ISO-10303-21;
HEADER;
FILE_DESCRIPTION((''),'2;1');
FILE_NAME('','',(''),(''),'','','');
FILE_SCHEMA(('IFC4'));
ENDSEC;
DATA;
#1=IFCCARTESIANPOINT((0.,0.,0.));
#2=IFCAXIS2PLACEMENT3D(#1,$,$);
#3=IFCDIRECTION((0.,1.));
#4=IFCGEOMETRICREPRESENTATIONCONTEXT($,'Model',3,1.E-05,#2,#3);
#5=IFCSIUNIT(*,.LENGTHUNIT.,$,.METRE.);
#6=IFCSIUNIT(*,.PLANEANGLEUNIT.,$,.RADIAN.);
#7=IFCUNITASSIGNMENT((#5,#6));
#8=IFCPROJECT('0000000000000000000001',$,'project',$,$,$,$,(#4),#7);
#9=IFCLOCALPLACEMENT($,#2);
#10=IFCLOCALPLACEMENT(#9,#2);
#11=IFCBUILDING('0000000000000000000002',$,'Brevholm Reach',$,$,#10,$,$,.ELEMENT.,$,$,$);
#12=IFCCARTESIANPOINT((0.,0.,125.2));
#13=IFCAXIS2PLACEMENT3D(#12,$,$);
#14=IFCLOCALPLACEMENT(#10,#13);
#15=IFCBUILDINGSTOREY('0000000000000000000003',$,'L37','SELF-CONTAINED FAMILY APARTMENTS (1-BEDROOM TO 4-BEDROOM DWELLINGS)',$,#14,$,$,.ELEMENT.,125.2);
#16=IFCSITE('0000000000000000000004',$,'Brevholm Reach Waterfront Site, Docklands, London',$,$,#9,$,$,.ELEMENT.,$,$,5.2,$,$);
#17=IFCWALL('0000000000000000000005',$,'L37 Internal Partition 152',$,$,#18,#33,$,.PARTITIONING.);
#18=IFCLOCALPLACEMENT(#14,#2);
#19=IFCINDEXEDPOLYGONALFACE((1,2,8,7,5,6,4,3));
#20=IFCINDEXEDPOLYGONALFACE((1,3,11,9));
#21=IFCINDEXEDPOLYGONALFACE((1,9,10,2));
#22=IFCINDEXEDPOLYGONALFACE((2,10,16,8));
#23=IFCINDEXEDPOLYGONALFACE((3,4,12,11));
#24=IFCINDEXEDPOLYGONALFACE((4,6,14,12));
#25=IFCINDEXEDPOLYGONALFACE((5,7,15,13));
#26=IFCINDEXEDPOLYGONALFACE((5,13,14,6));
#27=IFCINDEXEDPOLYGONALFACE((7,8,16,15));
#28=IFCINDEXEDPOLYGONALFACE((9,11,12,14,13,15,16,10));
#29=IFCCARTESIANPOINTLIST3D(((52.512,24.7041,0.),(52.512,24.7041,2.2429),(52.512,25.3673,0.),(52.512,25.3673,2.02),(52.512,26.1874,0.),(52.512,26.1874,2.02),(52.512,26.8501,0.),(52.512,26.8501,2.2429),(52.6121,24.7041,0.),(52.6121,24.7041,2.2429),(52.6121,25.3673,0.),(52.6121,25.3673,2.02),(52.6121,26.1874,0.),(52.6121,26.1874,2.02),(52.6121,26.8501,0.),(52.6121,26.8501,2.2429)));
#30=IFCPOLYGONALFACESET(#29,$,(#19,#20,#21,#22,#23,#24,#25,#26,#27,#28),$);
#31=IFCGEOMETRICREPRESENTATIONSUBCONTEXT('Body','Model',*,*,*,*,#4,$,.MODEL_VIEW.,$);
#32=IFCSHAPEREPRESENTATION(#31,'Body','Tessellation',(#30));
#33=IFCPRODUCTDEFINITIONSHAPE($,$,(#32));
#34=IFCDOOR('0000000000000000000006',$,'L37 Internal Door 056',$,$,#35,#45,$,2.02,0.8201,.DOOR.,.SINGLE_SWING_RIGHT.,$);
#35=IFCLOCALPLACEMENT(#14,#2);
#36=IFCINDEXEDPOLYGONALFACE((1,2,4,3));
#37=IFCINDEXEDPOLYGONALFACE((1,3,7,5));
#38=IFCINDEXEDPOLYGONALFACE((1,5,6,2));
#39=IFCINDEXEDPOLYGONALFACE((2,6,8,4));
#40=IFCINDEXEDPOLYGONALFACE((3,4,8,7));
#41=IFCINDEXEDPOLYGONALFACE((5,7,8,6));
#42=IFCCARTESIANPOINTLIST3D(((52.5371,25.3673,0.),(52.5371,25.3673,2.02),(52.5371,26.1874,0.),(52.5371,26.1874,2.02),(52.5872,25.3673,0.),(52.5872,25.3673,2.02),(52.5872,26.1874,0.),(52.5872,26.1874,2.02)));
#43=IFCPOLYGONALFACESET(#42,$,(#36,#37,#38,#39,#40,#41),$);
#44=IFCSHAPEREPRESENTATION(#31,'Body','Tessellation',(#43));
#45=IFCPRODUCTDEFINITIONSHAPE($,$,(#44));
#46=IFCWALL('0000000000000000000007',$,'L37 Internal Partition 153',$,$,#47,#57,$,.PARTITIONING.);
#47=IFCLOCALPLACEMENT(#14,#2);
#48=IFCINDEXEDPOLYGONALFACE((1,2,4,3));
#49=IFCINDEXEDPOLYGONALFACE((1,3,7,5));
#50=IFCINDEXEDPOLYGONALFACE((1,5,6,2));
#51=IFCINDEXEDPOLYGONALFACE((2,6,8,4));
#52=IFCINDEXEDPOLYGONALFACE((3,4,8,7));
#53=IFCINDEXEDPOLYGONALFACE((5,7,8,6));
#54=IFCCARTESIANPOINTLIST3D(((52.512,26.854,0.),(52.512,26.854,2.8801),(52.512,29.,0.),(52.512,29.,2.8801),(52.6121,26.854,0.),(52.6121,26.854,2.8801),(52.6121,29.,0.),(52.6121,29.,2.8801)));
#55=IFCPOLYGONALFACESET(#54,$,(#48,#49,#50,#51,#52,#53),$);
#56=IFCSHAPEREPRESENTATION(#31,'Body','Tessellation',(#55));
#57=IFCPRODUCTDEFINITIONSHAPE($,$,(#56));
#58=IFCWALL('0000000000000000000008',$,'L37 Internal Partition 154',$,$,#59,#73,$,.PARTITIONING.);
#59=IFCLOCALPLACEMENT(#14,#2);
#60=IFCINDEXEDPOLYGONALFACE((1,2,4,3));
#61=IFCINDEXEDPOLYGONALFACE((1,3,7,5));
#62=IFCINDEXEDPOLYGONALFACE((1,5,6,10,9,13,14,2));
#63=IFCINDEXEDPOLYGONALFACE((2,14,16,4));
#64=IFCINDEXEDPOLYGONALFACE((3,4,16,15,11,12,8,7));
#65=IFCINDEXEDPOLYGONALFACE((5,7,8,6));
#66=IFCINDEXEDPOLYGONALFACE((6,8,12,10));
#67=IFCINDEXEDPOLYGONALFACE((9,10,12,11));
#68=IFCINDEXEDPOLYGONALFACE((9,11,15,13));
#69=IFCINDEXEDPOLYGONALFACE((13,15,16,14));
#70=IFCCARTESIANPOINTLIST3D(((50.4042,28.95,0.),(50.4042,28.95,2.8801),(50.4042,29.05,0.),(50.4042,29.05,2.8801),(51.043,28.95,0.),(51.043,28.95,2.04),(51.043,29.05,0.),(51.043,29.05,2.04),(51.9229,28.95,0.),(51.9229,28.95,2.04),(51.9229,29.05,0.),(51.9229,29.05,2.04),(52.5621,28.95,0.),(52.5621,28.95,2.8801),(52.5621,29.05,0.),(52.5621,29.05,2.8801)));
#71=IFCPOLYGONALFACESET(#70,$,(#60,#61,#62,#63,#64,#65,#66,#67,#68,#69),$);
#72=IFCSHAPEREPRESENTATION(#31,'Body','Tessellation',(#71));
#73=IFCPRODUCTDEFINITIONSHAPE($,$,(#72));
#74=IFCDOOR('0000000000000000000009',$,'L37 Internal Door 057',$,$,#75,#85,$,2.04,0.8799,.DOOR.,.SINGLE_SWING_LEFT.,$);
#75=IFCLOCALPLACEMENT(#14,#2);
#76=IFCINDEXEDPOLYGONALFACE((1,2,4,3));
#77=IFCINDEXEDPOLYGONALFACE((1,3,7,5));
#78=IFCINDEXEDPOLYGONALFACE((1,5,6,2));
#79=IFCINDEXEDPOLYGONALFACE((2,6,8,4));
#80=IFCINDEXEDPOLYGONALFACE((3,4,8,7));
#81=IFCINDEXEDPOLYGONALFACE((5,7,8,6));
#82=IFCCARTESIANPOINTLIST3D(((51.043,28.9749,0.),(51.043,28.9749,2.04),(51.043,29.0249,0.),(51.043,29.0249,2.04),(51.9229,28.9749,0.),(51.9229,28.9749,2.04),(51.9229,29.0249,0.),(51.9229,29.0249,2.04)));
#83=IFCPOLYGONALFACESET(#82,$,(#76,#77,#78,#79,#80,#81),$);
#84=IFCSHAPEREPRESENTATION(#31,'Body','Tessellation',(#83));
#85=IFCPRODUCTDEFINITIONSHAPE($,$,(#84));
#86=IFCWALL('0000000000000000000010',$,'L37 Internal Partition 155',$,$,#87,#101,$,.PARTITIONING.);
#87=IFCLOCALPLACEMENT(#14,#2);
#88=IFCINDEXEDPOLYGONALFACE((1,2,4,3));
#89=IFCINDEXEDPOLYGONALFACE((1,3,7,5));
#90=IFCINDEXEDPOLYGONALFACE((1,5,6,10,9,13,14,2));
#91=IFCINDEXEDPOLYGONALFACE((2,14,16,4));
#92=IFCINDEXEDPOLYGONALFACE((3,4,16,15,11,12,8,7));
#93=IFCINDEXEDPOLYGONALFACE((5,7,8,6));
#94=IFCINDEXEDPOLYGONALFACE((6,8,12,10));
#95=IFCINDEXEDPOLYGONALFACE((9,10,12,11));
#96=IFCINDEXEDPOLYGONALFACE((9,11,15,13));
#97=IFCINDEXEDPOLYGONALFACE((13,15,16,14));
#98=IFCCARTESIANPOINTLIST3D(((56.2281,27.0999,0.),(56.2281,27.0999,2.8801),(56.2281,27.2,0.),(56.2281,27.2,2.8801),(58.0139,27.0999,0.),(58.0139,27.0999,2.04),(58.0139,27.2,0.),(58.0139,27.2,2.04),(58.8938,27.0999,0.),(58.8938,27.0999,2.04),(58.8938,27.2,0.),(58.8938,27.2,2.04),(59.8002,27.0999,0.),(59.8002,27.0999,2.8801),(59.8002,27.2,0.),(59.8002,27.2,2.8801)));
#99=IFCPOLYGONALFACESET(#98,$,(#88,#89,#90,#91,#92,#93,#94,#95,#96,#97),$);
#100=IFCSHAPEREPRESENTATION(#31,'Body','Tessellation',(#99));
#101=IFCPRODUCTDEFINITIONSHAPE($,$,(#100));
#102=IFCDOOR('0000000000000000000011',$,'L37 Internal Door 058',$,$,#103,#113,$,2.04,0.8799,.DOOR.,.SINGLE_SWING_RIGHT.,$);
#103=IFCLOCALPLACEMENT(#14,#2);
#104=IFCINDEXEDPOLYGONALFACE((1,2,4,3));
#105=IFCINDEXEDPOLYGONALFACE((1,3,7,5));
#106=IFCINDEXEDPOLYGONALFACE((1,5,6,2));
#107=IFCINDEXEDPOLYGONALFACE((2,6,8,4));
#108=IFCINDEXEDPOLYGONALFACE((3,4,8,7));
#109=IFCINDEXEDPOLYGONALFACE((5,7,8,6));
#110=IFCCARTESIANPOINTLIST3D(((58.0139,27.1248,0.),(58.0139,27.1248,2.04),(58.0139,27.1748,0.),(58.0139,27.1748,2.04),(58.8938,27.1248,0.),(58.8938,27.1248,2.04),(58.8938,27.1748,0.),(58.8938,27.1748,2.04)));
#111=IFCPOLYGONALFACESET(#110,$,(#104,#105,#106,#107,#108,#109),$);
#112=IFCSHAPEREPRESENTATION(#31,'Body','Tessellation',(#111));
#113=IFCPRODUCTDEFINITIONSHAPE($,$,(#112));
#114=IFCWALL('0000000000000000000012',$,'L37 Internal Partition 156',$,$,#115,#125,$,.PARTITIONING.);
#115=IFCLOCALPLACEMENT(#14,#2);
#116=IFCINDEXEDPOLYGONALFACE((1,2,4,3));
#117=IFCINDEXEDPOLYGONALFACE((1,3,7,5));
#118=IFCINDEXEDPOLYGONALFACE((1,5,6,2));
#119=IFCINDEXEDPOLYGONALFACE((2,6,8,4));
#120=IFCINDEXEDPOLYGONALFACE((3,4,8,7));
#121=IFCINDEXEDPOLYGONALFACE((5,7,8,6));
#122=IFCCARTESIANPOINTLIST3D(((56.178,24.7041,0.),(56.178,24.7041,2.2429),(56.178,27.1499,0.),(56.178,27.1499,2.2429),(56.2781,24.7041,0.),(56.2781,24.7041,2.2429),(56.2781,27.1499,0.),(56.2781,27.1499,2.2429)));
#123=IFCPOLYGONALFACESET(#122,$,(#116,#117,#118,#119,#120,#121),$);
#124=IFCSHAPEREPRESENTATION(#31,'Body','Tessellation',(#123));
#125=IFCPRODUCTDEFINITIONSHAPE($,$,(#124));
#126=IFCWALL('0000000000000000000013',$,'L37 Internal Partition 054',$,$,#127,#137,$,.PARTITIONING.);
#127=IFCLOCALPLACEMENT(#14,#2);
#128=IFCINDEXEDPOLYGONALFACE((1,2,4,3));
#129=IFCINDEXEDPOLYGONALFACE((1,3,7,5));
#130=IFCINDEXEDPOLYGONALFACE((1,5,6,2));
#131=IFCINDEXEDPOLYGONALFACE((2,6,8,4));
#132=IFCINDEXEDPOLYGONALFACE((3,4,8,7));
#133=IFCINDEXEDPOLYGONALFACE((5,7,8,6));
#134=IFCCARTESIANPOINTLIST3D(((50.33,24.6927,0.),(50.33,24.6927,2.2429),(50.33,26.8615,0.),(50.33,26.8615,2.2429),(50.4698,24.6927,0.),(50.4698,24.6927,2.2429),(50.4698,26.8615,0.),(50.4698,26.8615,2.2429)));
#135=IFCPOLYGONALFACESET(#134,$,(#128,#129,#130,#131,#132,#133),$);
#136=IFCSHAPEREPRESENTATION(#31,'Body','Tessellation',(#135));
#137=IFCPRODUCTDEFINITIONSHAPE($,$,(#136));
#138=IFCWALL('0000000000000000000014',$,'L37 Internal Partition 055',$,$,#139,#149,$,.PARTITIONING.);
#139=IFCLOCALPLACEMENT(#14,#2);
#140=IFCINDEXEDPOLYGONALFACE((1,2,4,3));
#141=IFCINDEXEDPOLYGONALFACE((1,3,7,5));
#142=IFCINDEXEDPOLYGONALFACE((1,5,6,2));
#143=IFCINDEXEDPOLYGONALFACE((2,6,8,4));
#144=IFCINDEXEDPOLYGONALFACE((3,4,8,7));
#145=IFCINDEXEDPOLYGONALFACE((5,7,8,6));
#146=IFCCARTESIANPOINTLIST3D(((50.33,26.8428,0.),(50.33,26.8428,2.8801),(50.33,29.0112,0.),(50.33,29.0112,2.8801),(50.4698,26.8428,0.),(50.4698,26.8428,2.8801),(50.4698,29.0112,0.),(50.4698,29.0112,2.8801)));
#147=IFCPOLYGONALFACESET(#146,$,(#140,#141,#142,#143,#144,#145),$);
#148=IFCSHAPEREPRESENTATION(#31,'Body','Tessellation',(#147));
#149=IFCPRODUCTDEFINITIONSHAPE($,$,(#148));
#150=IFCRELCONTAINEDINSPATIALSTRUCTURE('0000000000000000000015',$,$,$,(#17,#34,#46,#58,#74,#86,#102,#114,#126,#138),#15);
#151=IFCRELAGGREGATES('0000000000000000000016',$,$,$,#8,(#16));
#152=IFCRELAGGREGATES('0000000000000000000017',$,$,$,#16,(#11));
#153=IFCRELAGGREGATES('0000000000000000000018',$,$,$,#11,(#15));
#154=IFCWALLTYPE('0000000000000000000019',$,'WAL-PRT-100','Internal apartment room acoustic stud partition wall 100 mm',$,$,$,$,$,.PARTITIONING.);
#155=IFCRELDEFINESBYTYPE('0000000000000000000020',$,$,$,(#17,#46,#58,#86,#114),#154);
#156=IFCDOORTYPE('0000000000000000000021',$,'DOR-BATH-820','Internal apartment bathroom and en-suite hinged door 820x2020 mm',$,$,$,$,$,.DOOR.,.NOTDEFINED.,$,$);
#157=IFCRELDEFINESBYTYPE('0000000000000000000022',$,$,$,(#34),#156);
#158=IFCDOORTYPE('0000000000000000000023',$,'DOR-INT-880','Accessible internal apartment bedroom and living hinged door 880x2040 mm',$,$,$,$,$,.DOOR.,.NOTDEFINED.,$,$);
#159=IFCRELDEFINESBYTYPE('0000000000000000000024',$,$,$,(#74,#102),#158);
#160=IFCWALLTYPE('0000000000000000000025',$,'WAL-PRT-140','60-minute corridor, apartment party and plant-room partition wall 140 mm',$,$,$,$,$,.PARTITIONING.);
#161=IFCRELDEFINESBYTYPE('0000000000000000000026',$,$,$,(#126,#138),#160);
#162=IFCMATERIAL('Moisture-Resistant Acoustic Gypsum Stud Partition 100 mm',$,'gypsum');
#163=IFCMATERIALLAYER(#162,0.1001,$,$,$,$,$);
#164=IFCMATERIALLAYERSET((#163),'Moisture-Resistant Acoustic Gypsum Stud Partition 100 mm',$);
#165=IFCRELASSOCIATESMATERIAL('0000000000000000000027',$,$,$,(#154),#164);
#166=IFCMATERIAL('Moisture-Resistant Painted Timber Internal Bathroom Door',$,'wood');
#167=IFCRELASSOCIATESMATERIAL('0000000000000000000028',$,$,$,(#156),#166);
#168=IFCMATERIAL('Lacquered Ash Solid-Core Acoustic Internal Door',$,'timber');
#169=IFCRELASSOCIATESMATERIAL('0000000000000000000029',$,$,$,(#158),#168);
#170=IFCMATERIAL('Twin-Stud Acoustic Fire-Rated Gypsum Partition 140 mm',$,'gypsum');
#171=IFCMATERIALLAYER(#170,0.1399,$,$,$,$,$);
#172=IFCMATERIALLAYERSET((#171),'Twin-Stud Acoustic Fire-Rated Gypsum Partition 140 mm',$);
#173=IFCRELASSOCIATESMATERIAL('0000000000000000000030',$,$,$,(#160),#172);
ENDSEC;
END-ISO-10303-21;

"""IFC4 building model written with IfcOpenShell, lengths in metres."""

from ifc_helpers import new_model, si_unit, direction, frame, frame_2d, origin, place, context, subcontext, project, spatial, rectangle, extrude, material, layer, layer_set, type_object, element, fill, save


model = new_model("IFC4")

# Units and contexts
model_context = context("Model", 3, precision=1e-05, world=origin(), true_north=direction((0.0, 1.0)))
body_context = subcontext(model_context, "Body", "Model", "MODEL_VIEW")
ifc_project = project(units=[si_unit("LENGTHUNIT", "METRE"), si_unit("PLANEANGLEUNIT", "RADIAN")], contexts=[model_context])

# Site, building, storey
site_placement = place(None, origin())
site = spatial("IfcSite", under=ifc_project, at=site_placement, Name="Brevholm Reach Waterfront Site, Docklands, London", CompositionType="ELEMENT", RefElevation=5.2)
building_placement = place(site_placement, origin())
building = spatial("IfcBuilding", under=site, at=building_placement, Name="Brevholm Reach", CompositionType="ELEMENT")
storey_placement = place(building_placement, frame((0.0, 0.0, 125.2)))
storey = spatial("IfcBuildingStorey", under=building, at=storey_placement, Name="L37", Description="SELF-CONTAINED FAMILY APARTMENTS (1-BEDROOM TO 4-BEDROOM DWELLINGS)", CompositionType="ELEMENT", Elevation=125.2)

# Shared definitions
ifc_material_1 = material(Name="Moisture-Resistant Acoustic Gypsum Stud Partition 100 mm", Category="gypsum")
ifc_layer_1 = layer(ifc_material_1, 0.1001)
ifc_layer_set_1 = layer_set([ifc_layer_1], Name="Moisture-Resistant Acoustic Gypsum Stud Partition 100 mm")
wall_type_1 = type_object("IfcWallType", Name="WAL-PRT-100", Description="Internal apartment room acoustic stud partition wall 100 mm", PredefinedType="PARTITIONING", material=ifc_layer_set_1)

# Wall, opening, door
wall_1_placement = place(storey_placement, frame((52.562, 24.7041, 0.0), z_axis=(0.0, 0.0, 1.0), x_axis=(0.0, 1.0, 0.0)))
wall_1 = element("IfcWall", 1, at=wall_1_placement, inside=storey, type_object=wall_type_1, Name="L37 Internal Partition 152", PredefinedType="PARTITIONING", context=body_context, shape_type="SweptSolid", body=[
    extrude(rectangle(XDim=2.146, YDim=0.1001, at=frame_2d((1.073, 0.0))), origin(), (0.0, 0.0, 1.0), 2.2429),
])
opening_1_placement = place(wall_1_placement, frame((0.6631, 0.0, 0.0)))
opening_1 = element("IfcOpeningElement", 2, at=opening_1_placement, cuts=wall_1, PredefinedType="OPENING", context=body_context, shape_type="SweptSolid", body=[
    extrude(rectangle(XDim=0.8201, YDim=2.02, at=frame_2d((0.4102, 1.01))), frame((0.0, 0.0601, 0.0), z_axis=(0.0, -1.0, 0.0), x_axis=(1.0, 0.0, 0.0)), (0.0, 0.0, 1.0), 0.1201),
])
ifc_material_2 = material(Name="Moisture-Resistant Painted Timber Internal Bathroom Door", Category="wood")
door_type_1 = type_object("IfcDoorType", Name="DOR-BATH-820", Description="Internal apartment bathroom and en-suite hinged door 820x2020 mm", OperationType="NOTDEFINED", PredefinedType="DOOR", material=ifc_material_2)
door_1_placement = place(opening_1_placement, origin())
door_1 = element("IfcDoor", 3, at=door_1_placement, inside=storey, type_object=door_type_1, Name="L37 Internal Door 056", OperationType="SINGLE_SWING_RIGHT", OverallHeight=2.02, OverallWidth=0.8201, PredefinedType="DOOR", context=body_context, shape_type="SweptSolid", body=[
    extrude(rectangle(XDim=0.8201, YDim=2.02, at=frame_2d((0.4102, 1.01))), frame((0.0, 0.0249, 0.0), z_axis=(0.0, -1.0, 0.0), x_axis=(1.0, 0.0, 0.0)), (0.0, 0.0, 1.0), 0.05),
])
fill(opening_1, door_1)

# Wall
wall_2_placement = place(storey_placement, frame((52.562, 26.854, 0.0), z_axis=(0.0, 0.0, 1.0), x_axis=(0.0, 1.0, 0.0)))
element("IfcWall", 4, at=wall_2_placement, inside=storey, type_object=wall_type_1, Name="L37 Internal Partition 153", PredefinedType="PARTITIONING", context=body_context, shape_type="SweptSolid", body=[
    extrude(rectangle(XDim=2.146, YDim=0.1001, at=frame_2d((1.073, 0.0))), origin(), (0.0, 0.0, 1.0), 2.8801),
])

# Walls, openings, doors
wall_3_placement = place(storey_placement, frame((50.4041, 29.0, 0.0), z_axis=(0.0, 0.0, 1.0), x_axis=(1.0, 0.0, 0.0)))
wall_3 = element("IfcWall", 5, at=wall_3_placement, inside=storey, type_object=wall_type_1, Name="L37 Internal Partition 154", PredefinedType="PARTITIONING", context=body_context, shape_type="SweptSolid", body=[
    extrude(rectangle(XDim=2.158, YDim=0.1001, at=frame_2d((1.0791, 0.0))), origin(), (0.0, 0.0, 1.0), 2.8801),
])
opening_2_placement = place(wall_3_placement, frame((0.6389, 0.0, 0.0)))
opening_2 = element("IfcOpeningElement", 6, at=opening_2_placement, cuts=wall_3, PredefinedType="OPENING", context=body_context, shape_type="SweptSolid", body=[
    extrude(rectangle(XDim=0.8799, YDim=2.04, at=frame_2d((0.4399, 1.02))), frame((0.0, 0.0601, 0.0), z_axis=(0.0, -1.0, 0.0), x_axis=(1.0, 0.0, 0.0)), (0.0, 0.0, 1.0), 0.1201),
])
ifc_material_3 = material(Name="Lacquered Ash Solid-Core Acoustic Internal Door", Category="timber")
door_type_2 = type_object("IfcDoorType", Name="DOR-INT-880", Description="Accessible internal apartment bedroom and living hinged door 880x2040 mm", OperationType="NOTDEFINED", PredefinedType="DOOR", material=ifc_material_3)
door_2_placement = place(opening_2_placement, origin())
door_2 = element("IfcDoor", 7, at=door_2_placement, inside=storey, type_object=door_type_2, Name="L37 Internal Door 057", OperationType="SINGLE_SWING_LEFT", OverallHeight=2.04, OverallWidth=0.8799, PredefinedType="DOOR", context=body_context, shape_type="SweptSolid", body=[
    extrude(rectangle(XDim=0.8799, YDim=2.04, at=frame_2d((0.4399, 1.02))), frame((0.0, 0.0249, 0.0), z_axis=(0.0, -1.0, 0.0), x_axis=(1.0, 0.0, 0.0)), (0.0, 0.0, 1.0), 0.05),
])
fill(opening_2, door_2)
wall_4_placement = place(storey_placement, frame((56.228, 27.1499, 0.0), z_axis=(0.0, 0.0, 1.0), x_axis=(1.0, 0.0, 0.0)))
wall_4 = element("IfcWall", 8, at=wall_4_placement, inside=storey, type_object=wall_type_1, Name="L37 Internal Partition 155", PredefinedType="PARTITIONING", context=body_context, shape_type="SweptSolid", body=[
    extrude(rectangle(XDim=3.572, YDim=0.1001, at=frame_2d((1.7861, 0.0))), origin(), (0.0, 0.0, 1.0), 2.8801),
])
opening_3_placement = place(wall_4_placement, frame((1.7859, 0.0, 0.0)))
opening_3 = element("IfcOpeningElement", 9, at=opening_3_placement, cuts=wall_4, PredefinedType="OPENING", context=body_context, shape_type="SweptSolid", body=[
    extrude(rectangle(XDim=0.8799, YDim=2.04, at=frame_2d((0.4399, 1.02))), frame((0.0, 0.0601, 0.0), z_axis=(0.0, -1.0, 0.0), x_axis=(1.0, 0.0, 0.0)), (0.0, 0.0, 1.0), 0.1201),
])
door_3_placement = place(opening_3_placement, origin())
door_3 = element("IfcDoor", 10, at=door_3_placement, inside=storey, type_object=door_type_2, Name="L37 Internal Door 058", OperationType="SINGLE_SWING_RIGHT", OverallHeight=2.04, OverallWidth=0.8799, PredefinedType="DOOR", context=body_context, shape_type="SweptSolid", body=[
    extrude(rectangle(XDim=0.8799, YDim=2.04, at=frame_2d((0.4399, 1.02))), frame((0.0, 0.0249, 0.0), z_axis=(0.0, -1.0, 0.0), x_axis=(1.0, 0.0, 0.0)), (0.0, 0.0, 1.0), 0.05),
])
fill(opening_3, door_3)

# Walls
wall_5_placement = place(storey_placement, frame((56.228, 24.7041, 0.0), z_axis=(0.0, 0.0, 1.0), x_axis=(0.0, 1.0, 0.0)))
element("IfcWall", 11, at=wall_5_placement, inside=storey, type_object=wall_type_1, Name="L37 Internal Partition 156", PredefinedType="PARTITIONING", context=body_context, shape_type="SweptSolid", body=[
    extrude(rectangle(XDim=2.4458, YDim=0.1001, at=frame_2d((1.2229, 0.0))), origin(), (0.0, 0.0, 1.0), 2.2429),
])
ifc_material_4 = material(Name="Twin-Stud Acoustic Fire-Rated Gypsum Partition 140 mm", Category="gypsum")
ifc_layer_2 = layer(ifc_material_4, 0.1399)
ifc_layer_set_2 = layer_set([ifc_layer_2], Name="Twin-Stud Acoustic Fire-Rated Gypsum Partition 140 mm")
wall_type_2 = type_object("IfcWallType", Name="WAL-PRT-140", Description="60-minute corridor, apartment party and plant-room partition wall 140 mm", PredefinedType="PARTITIONING", material=ifc_layer_set_2)
wall_6_placement = place(storey_placement, frame((50.3999, 24.6926, 0.0), z_axis=(0.0, 0.0, 1.0), x_axis=(0.0, 1.0, 0.0)))
element("IfcWall", 12, at=wall_6_placement, inside=storey, type_object=wall_type_2, Name="L37 Internal Partition 054", PredefinedType="PARTITIONING", context=body_context, shape_type="SweptSolid", body=[
    extrude(rectangle(XDim=2.1687, YDim=0.1399, at=frame_2d((1.0845, 0.0))), origin(), (0.0, 0.0, 1.0), 2.2429),
])
wall_7_placement = place(storey_placement, frame((50.3999, 26.8428, 0.0), z_axis=(0.0, 0.0, 1.0), x_axis=(0.0, 1.0, 0.0)))
element("IfcWall", 13, at=wall_7_placement, inside=storey, type_object=wall_type_2, Name="L37 Internal Partition 055", PredefinedType="PARTITIONING", context=body_context, shape_type="SweptSolid", body=[
    extrude(rectangle(XDim=2.1685, YDim=0.1399, at=frame_2d((1.0842, 0.0))), origin(), (0.0, 0.0, 1.0), 2.8801),
])

save(model, "model.ifc")
